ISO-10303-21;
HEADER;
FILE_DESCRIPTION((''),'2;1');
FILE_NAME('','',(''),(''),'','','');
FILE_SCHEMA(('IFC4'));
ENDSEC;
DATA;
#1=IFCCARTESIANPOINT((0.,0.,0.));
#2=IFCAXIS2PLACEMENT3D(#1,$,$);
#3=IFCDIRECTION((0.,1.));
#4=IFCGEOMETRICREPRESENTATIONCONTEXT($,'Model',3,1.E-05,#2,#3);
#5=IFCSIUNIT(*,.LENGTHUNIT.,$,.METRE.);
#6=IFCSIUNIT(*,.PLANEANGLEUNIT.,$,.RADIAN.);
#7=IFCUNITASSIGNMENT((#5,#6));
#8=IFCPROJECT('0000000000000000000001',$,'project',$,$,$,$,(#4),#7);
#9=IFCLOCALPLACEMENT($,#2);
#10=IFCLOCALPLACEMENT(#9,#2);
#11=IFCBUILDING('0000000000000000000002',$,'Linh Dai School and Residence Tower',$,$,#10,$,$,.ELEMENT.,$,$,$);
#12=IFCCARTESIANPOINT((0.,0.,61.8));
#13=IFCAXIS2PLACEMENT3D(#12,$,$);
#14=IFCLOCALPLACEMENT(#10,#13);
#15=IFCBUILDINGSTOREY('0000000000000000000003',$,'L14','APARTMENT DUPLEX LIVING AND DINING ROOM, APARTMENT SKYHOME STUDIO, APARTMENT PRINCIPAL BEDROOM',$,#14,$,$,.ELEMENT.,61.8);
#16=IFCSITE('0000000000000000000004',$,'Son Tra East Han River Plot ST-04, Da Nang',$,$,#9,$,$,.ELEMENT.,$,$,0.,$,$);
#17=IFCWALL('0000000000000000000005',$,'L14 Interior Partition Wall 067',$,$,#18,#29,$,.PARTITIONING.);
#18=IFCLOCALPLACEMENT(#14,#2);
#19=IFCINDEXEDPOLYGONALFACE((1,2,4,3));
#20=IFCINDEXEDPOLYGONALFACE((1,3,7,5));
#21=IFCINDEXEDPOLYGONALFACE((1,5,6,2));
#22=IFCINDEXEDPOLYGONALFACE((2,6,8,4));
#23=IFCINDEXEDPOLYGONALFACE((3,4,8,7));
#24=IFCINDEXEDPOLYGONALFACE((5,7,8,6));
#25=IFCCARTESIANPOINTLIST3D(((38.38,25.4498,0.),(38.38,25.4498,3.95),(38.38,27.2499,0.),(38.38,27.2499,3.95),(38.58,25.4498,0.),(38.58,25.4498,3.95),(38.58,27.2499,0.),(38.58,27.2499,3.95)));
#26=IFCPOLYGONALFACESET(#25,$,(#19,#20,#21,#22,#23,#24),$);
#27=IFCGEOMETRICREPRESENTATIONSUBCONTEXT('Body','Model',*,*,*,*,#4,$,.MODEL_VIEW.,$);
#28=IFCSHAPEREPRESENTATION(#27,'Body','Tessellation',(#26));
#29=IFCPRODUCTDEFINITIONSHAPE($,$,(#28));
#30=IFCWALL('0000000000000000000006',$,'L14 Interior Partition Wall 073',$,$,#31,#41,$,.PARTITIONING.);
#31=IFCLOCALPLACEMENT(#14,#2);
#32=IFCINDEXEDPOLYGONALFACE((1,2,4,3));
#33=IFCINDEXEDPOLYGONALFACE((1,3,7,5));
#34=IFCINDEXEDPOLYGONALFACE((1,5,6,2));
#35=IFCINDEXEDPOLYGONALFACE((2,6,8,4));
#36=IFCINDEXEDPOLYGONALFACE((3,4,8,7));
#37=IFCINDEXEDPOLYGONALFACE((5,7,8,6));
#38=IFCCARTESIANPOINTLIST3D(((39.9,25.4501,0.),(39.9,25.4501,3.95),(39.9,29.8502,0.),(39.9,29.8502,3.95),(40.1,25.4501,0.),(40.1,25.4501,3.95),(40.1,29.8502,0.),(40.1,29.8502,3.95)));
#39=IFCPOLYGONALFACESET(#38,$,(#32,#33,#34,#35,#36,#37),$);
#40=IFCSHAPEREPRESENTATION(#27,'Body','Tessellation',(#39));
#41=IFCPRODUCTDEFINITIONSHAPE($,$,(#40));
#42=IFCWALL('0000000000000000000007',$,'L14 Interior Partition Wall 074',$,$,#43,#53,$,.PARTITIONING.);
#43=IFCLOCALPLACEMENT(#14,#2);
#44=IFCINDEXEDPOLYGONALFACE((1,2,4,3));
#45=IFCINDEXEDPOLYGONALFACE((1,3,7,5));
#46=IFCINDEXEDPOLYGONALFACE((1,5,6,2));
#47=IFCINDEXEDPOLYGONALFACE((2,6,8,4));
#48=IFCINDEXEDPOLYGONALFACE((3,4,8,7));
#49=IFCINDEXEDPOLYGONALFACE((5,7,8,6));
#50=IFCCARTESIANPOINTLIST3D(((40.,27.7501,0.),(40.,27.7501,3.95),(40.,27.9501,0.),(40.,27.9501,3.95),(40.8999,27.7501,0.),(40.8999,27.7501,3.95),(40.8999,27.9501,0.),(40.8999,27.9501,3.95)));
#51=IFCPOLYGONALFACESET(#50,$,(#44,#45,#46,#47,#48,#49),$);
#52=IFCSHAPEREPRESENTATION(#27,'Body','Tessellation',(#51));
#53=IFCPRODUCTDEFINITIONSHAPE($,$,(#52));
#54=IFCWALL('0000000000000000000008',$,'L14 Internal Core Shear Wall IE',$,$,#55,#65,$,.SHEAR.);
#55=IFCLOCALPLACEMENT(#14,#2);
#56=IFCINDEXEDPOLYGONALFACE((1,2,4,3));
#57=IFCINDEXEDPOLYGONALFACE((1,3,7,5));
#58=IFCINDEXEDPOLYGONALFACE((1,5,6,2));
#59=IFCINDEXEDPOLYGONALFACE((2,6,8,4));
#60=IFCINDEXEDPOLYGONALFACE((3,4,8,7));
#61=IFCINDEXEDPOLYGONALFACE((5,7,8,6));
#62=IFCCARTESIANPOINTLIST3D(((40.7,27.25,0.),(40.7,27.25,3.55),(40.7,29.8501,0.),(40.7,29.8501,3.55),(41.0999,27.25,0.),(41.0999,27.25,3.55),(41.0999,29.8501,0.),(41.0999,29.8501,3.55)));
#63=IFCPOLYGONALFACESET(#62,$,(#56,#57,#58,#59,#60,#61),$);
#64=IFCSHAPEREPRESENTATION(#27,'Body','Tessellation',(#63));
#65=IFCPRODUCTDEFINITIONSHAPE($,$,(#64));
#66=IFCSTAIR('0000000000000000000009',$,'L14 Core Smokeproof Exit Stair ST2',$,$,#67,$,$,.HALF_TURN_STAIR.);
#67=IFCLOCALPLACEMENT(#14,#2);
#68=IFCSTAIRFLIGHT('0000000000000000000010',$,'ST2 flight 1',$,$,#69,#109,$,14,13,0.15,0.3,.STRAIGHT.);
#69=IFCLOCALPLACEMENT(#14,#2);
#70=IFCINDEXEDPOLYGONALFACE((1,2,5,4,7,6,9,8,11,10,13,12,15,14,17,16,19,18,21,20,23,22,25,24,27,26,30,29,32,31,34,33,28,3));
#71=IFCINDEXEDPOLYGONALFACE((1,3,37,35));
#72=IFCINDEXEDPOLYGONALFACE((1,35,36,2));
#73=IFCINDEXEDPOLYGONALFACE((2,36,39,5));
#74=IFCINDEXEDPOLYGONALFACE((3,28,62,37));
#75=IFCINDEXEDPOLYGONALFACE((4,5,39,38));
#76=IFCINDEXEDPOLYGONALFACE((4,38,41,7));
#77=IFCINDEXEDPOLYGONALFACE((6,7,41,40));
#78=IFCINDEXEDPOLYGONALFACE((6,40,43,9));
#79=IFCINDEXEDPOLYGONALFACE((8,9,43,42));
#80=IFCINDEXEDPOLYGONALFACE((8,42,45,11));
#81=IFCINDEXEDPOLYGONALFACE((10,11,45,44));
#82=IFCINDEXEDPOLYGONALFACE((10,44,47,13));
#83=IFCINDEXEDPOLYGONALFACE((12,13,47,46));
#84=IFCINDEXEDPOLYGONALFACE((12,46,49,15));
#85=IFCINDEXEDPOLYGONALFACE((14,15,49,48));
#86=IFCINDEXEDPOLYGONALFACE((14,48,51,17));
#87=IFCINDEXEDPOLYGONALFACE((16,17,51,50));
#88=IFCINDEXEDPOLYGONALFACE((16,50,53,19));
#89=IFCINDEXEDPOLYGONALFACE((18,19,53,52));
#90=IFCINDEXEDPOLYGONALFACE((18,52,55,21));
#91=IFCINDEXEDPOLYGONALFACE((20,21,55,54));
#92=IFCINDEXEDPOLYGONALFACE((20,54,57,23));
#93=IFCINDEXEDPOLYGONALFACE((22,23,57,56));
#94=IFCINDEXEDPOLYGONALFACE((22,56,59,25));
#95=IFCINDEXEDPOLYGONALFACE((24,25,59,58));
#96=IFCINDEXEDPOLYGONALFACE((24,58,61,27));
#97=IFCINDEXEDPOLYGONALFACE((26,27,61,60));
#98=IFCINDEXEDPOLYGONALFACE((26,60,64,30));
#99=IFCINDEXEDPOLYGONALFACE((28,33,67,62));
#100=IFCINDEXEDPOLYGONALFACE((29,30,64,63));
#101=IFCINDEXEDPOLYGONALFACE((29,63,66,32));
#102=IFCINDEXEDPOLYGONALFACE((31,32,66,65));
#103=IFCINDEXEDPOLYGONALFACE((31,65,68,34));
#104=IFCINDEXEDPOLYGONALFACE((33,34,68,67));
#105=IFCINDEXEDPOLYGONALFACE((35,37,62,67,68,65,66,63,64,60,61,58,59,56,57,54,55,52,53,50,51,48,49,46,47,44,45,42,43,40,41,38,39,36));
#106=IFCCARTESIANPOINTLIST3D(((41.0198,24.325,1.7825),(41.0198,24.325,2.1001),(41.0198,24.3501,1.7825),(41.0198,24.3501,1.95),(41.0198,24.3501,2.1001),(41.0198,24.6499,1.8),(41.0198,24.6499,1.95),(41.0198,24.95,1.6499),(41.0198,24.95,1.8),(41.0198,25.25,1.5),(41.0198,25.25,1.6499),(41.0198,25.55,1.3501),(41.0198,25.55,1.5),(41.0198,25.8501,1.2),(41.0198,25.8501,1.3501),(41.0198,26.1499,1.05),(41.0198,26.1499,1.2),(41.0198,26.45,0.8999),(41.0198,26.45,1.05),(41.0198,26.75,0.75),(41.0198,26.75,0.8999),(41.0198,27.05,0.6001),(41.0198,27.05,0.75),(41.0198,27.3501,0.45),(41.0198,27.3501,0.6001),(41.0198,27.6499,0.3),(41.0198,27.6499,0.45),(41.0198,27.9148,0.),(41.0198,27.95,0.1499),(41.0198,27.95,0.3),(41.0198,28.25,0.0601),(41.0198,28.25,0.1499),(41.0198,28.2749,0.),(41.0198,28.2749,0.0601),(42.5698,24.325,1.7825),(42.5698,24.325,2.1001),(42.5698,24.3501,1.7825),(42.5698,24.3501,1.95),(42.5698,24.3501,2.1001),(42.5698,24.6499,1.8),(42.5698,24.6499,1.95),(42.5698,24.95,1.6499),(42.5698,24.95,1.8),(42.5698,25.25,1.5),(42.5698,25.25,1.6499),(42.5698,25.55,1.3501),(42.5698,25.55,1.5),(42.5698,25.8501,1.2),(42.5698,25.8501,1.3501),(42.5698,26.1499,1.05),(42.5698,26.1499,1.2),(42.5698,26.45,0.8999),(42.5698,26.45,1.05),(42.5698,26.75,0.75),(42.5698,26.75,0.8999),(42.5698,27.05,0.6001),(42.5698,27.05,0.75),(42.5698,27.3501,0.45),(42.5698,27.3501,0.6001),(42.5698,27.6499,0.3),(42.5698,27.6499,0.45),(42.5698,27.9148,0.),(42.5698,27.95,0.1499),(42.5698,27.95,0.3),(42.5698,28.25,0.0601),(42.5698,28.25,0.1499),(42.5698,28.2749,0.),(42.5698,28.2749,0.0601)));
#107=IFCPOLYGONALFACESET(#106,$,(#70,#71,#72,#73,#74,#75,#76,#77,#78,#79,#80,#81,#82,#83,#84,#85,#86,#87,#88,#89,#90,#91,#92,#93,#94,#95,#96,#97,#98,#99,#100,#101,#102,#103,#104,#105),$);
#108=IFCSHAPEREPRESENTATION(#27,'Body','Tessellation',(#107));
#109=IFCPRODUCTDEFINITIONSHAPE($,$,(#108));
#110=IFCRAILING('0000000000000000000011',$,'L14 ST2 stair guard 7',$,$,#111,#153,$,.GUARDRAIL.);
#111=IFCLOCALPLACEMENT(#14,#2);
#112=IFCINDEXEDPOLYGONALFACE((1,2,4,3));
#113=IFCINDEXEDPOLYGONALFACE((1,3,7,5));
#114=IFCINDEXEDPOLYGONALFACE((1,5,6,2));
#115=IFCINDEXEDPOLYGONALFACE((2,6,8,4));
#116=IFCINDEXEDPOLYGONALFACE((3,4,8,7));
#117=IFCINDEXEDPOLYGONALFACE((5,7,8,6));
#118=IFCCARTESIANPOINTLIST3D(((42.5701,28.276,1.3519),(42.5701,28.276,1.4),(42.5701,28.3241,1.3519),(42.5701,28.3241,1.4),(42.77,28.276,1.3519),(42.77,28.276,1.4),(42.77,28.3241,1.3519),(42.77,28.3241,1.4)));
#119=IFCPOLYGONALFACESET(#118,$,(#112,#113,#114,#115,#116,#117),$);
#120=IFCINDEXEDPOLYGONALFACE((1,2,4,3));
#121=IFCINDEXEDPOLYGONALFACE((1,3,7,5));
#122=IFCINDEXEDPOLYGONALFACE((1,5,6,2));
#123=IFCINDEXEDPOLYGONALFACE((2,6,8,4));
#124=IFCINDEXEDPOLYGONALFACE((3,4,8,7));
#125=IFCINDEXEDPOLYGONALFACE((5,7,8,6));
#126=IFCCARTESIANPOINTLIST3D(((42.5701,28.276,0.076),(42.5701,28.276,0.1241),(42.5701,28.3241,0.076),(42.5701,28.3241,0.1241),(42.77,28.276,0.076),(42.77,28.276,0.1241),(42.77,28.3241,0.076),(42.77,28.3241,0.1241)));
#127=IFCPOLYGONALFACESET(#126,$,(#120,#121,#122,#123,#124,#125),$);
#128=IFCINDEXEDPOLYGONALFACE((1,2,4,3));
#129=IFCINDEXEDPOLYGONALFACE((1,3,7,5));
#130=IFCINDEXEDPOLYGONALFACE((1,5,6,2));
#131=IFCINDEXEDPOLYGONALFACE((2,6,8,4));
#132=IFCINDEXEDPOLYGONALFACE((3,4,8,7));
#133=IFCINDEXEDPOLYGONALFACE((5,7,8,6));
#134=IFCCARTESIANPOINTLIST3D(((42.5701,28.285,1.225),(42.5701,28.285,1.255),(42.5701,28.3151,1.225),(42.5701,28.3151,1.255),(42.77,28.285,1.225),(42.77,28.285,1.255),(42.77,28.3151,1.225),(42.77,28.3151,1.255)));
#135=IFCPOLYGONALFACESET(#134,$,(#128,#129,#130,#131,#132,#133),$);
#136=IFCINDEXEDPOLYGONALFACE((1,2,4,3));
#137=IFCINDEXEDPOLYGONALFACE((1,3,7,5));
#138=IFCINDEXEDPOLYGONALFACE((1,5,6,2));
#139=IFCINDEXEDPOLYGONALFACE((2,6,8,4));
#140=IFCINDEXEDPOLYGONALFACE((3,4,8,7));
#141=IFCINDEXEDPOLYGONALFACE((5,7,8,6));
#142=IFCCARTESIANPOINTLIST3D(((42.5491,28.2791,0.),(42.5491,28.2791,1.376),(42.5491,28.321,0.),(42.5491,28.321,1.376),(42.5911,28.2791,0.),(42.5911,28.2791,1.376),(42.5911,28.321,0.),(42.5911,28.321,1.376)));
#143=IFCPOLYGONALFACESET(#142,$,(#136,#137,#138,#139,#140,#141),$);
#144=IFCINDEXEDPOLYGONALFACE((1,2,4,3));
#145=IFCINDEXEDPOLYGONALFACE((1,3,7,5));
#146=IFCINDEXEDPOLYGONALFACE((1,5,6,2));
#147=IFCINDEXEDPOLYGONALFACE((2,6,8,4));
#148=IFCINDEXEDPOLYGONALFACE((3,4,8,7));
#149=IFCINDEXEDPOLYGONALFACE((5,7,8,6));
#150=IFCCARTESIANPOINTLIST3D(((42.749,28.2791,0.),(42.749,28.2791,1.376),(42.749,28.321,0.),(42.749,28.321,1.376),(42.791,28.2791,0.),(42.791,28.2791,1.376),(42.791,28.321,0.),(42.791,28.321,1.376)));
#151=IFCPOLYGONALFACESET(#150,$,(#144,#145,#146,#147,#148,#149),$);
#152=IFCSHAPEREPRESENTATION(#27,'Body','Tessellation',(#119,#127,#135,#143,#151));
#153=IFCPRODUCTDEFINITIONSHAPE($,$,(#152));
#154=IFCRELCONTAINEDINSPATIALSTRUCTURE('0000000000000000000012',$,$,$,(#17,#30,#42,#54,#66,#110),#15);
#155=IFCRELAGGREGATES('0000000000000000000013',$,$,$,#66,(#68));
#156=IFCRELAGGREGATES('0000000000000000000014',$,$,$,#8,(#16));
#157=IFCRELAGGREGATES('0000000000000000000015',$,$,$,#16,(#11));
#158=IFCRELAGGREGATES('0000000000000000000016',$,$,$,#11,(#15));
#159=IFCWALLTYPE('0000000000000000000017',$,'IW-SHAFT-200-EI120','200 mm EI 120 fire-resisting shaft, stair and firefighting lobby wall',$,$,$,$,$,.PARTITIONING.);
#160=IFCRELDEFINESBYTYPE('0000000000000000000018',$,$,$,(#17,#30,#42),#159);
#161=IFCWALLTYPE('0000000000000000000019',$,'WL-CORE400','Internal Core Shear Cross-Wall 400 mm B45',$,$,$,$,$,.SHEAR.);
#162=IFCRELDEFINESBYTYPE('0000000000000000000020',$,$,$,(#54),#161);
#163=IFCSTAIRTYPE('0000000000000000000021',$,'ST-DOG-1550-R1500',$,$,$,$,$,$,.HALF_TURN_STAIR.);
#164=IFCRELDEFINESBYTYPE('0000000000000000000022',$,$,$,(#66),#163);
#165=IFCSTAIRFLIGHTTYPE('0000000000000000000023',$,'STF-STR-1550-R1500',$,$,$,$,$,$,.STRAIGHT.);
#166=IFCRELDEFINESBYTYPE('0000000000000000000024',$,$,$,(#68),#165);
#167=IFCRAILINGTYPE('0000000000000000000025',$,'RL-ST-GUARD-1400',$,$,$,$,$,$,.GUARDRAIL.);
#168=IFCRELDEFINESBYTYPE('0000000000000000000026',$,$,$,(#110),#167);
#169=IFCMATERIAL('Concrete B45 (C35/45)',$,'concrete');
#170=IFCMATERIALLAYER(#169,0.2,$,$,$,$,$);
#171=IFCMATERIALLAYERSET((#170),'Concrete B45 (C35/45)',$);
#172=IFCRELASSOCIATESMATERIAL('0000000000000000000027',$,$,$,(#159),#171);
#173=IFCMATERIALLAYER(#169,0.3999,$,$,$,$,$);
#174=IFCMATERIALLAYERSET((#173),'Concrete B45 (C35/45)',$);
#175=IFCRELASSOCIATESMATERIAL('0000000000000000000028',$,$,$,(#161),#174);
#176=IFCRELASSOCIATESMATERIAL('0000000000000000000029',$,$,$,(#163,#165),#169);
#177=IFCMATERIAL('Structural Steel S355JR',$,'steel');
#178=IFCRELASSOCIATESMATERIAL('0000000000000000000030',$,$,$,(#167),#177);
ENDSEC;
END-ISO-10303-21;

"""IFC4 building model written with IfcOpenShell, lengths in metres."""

from ifc_helpers import new_model, si_unit, direction, frame, frame_2d, origin, origin_2d, place, context, subcontext, project, spatial, polyline, rectangle, outline, extrude, source, transform, mapped, material, layer, layer_set, type_object, element, aggregate, save


model = new_model("IFC4")

# Units and contexts
model_context = context("Model", 3, precision=1e-05, world=origin(), true_north=direction((0.0, 1.0)))
body_context = subcontext(model_context, "Body", "Model", "MODEL_VIEW")
ifc_project = project(units=[si_unit("LENGTHUNIT", "METRE"), si_unit("PLANEANGLEUNIT", "RADIAN")], contexts=[model_context])

# Site, building, storey
site_placement = place(None, origin())
site = spatial("IfcSite", under=ifc_project, at=site_placement, Name="Son Tra East Han River Plot ST-04, Da Nang", CompositionType="ELEMENT", RefElevation=0.0)
building_placement = place(site_placement, origin())
building = spatial("IfcBuilding", under=site, at=building_placement, Name="Linh Dai School and Residence Tower", CompositionType="ELEMENT")
storey_placement = place(building_placement, frame((0.0, 0.0, 61.8)))
storey = spatial("IfcBuildingStorey", under=building, at=storey_placement, Name="L14", Description="APARTMENT DUPLEX LIVING AND DINING ROOM, APARTMENT SKYHOME STUDIO, APARTMENT PRINCIPAL BEDROOM", CompositionType="ELEMENT", Elevation=61.8)

# Shared definitions
ifc_material_1 = material(Name="Structural Steel S355JR", Category="steel")

# Shared definitions
ifc_material_2 = material(Name="Concrete B45 (C35/45)", Category="concrete")
ifc_layer_1 = layer(ifc_material_2, 0.2)
ifc_layer_set_1 = layer_set([ifc_layer_1], Name="Concrete B45 (C35/45)")
wall_type_1 = type_object("IfcWallType", Name="IW-SHAFT-200-EI120", Description="200 mm EI 120 fire-resisting shaft, stair and firefighting lobby wall", PredefinedType="PARTITIONING", material=ifc_layer_set_1)

# Walls
wall_1_placement = place(storey_placement, frame((38.48, 25.45, 0.0), z_axis=(0.0, 0.0, 1.0), x_axis=(0.0, 1.0, 0.0)))
element("IfcWall", 1, at=wall_1_placement, inside=storey, type_object=wall_type_1, Name="L14 Interior Partition Wall 067", PredefinedType="PARTITIONING", context=body_context, shape_type="SweptSolid", body=[
    extrude(rectangle(XDim=1.8, YDim=0.2, at=frame_2d((0.8999, 0.0))), origin(), (0.0, 0.0, 1.0), 3.95),
])
wall_2_placement = place(storey_placement, frame((40.0, 25.45, 0.0), z_axis=(0.0, 0.0, 1.0), x_axis=(0.0, 1.0, 0.0)))
element("IfcWall", 2, at=wall_2_placement, inside=storey, type_object=wall_type_1, Name="L14 Interior Partition Wall 073", PredefinedType="PARTITIONING", context=body_context, shape_type="SweptSolid", body=[
    extrude(rectangle(XDim=4.4001, YDim=0.2, at=frame_2d((2.2002, 0.0))), origin(), (0.0, 0.0, 1.0), 3.95),
])
wall_3_placement = place(storey_placement, frame((40.0, 27.8501, 0.0), z_axis=(0.0, 0.0, 1.0), x_axis=(1.0, 0.0, 0.0)))
element("IfcWall", 3, at=wall_3_placement, inside=storey, type_object=wall_type_1, Name="L14 Interior Partition Wall 074", PredefinedType="PARTITIONING", context=body_context, shape_type="SweptSolid", body=[
    extrude(rectangle(XDim=0.8999, YDim=0.2, at=frame_2d((0.45, 0.0))), origin(), (0.0, 0.0, 1.0), 3.95),
])
ifc_layer_2 = layer(ifc_material_2, 0.3999)
ifc_layer_set_2 = layer_set([ifc_layer_2], Name="Concrete B45 (C35/45)")
wall_type_2 = type_object("IfcWallType", Name="WL-CORE400", Description="Internal Core Shear Cross-Wall 400 mm B45", PredefinedType="SHEAR", material=ifc_layer_set_2)
wall_4_placement = place(storey_placement, frame((40.8999, 27.25, 0.0), z_axis=(0.0, 0.0, 1.0), x_axis=(0.0, 1.0, 0.0)))
element("IfcWall", 4, at=wall_4_placement, inside=storey, type_object=wall_type_2, Name="L14 Internal Core Shear Wall IE", PredefinedType="SHEAR", context=body_context, shape_type="SweptSolid", body=[
    extrude(rectangle(XDim=2.6001, YDim=0.3999, at=frame_2d((1.3, 0.0))), origin(), (0.0, 0.0, 1.0), 3.55),
])

# Stair, stair flight
stair_type = type_object("IfcStairType", Name="ST-DOG-1550-R1500", PredefinedType="HALF_TURN_STAIR", material=ifc_material_2)
stair_placement = place(storey_placement, origin())
stair = element("IfcStair", 5, at=stair_placement, inside=storey, type_object=stair_type, Name="L14 Core Smokeproof Exit Stair ST2", PredefinedType="HALF_TURN_STAIR")
stair_flight_type = type_object("IfcStairFlightType", Name="STF-STR-1550-R1500", PredefinedType="STRAIGHT", material=ifc_material_2)
shared_shape_1 = source(origin(), body_context, "Body", "SweptSolid", [
    extrude(outline(polyline([(-0.0249, 0.0), (-0.0249, 0.0601), (0.0, 0.0601), (0.0, 0.1499), (0.3, 0.1499), (0.3, 0.3), (0.6001, 0.3), (0.6001, 0.45), (0.8999, 0.45), (0.8999, 0.6001), (1.2, 0.6001), (1.2, 0.75), (1.5, 0.75), (1.5, 0.8999), (1.8, 0.8999), (1.8, 1.05), (2.1001, 1.05), (2.1001, 1.2), (2.3999, 1.2), (2.3999, 1.3501), (2.7, 1.3501), (2.7, 1.5), (3.0, 1.5), (3.0, 1.6499), (3.3, 1.6499), (3.3, 1.8), (3.6001, 1.8), (3.6001, 1.95), (3.8999, 1.95), (3.8999, 2.1001), (3.925, 2.1001), (3.925, 1.7825), (3.8999, 1.7825), (0.3352, 0.0), (-0.0249, 0.0)])), frame((0.0, 0.7749, 0.0), z_axis=(0.0, -1.0, 0.0), x_axis=(1.0, 0.0, 0.0)), (0.0, 0.0, 1.0), 1.55),
])
stair_flight_placement = place(storey_placement, frame((41.7949, 28.25, 0.0), z_axis=(0.0, 0.0, 1.0), x_axis=(0.0, -1.0, 0.0)))
stair_flight = element("IfcStairFlight", 6, at=stair_flight_placement, type_object=stair_flight_type, Name="ST2 flight 1", NumberOfRisers=14, NumberOfTreads=13, PredefinedType="STRAIGHT", RiserHeight=0.15, TreadLength=0.3, context=body_context, shape_type="MappedRepresentation", body=[
    mapped(shared_shape_1, transform((0.0, 0.0, 0.0), x_axis=(1.0, 0.0, 0.0), y_axis=(0.0, 1.0, 0.0), z_axis=(0.0, 0.0, 1.0), scale=1.0)),
])
aggregate(stair, [stair_flight])

# Railing
railing_type_1 = type_object("IfcRailingType", Name="RL-ST-GUARD-1400", PredefinedType="GUARDRAIL", material=ifc_material_1)
shared_shape_2 = source(origin(), body_context, "Body", "SweptSolid", [
    extrude(rectangle(XDim=0.0481, YDim=0.0481, at=origin_2d()), frame((0.0, 0.0, 1.376), z_axis=(1.0, 0.0, 0.0), x_axis=(0.0, 1.0, 0.0)), (0.0, 0.0, 1.0), 0.2),
    extrude(rectangle(XDim=0.0481, YDim=0.0481, at=origin_2d()), frame((0.0, 0.0, 0.1001), z_axis=(1.0, 0.0, 0.0), x_axis=(0.0, 1.0, 0.0)), (0.0, 0.0, 1.0), 0.2),
    extrude(rectangle(XDim=0.03, YDim=0.03, at=origin_2d()), frame((0.0, 0.0, 1.24), z_axis=(1.0, 0.0, 0.0), x_axis=(0.0, 1.0, 0.0)), (0.0, 0.0, 1.0), 0.2),
    extrude(rectangle(XDim=0.042, YDim=0.042, at=origin_2d()), origin(), (0.0, 0.0, 1.0), 1.376),
    extrude(rectangle(XDim=0.042, YDim=0.042, at=origin_2d()), frame((0.2, 0.0, 0.0)), (0.0, 0.0, 1.0), 1.376),
])
railing_1_placement = place(storey_placement, frame((42.5701, 28.3, 0.0)))
element("IfcRailing", 7, at=railing_1_placement, inside=storey, type_object=railing_type_1, Name="L14 ST2 stair guard 7", PredefinedType="GUARDRAIL", context=body_context, shape_type="MappedRepresentation", body=[
    mapped(shared_shape_2, transform((0.0, 0.0, 0.0), x_axis=(1.0, 0.0, 0.0), y_axis=(0.0, 1.0, 0.0), z_axis=(0.0, 0.0, 1.0), scale=1.0)),
])

save(model, "model.ifc")
